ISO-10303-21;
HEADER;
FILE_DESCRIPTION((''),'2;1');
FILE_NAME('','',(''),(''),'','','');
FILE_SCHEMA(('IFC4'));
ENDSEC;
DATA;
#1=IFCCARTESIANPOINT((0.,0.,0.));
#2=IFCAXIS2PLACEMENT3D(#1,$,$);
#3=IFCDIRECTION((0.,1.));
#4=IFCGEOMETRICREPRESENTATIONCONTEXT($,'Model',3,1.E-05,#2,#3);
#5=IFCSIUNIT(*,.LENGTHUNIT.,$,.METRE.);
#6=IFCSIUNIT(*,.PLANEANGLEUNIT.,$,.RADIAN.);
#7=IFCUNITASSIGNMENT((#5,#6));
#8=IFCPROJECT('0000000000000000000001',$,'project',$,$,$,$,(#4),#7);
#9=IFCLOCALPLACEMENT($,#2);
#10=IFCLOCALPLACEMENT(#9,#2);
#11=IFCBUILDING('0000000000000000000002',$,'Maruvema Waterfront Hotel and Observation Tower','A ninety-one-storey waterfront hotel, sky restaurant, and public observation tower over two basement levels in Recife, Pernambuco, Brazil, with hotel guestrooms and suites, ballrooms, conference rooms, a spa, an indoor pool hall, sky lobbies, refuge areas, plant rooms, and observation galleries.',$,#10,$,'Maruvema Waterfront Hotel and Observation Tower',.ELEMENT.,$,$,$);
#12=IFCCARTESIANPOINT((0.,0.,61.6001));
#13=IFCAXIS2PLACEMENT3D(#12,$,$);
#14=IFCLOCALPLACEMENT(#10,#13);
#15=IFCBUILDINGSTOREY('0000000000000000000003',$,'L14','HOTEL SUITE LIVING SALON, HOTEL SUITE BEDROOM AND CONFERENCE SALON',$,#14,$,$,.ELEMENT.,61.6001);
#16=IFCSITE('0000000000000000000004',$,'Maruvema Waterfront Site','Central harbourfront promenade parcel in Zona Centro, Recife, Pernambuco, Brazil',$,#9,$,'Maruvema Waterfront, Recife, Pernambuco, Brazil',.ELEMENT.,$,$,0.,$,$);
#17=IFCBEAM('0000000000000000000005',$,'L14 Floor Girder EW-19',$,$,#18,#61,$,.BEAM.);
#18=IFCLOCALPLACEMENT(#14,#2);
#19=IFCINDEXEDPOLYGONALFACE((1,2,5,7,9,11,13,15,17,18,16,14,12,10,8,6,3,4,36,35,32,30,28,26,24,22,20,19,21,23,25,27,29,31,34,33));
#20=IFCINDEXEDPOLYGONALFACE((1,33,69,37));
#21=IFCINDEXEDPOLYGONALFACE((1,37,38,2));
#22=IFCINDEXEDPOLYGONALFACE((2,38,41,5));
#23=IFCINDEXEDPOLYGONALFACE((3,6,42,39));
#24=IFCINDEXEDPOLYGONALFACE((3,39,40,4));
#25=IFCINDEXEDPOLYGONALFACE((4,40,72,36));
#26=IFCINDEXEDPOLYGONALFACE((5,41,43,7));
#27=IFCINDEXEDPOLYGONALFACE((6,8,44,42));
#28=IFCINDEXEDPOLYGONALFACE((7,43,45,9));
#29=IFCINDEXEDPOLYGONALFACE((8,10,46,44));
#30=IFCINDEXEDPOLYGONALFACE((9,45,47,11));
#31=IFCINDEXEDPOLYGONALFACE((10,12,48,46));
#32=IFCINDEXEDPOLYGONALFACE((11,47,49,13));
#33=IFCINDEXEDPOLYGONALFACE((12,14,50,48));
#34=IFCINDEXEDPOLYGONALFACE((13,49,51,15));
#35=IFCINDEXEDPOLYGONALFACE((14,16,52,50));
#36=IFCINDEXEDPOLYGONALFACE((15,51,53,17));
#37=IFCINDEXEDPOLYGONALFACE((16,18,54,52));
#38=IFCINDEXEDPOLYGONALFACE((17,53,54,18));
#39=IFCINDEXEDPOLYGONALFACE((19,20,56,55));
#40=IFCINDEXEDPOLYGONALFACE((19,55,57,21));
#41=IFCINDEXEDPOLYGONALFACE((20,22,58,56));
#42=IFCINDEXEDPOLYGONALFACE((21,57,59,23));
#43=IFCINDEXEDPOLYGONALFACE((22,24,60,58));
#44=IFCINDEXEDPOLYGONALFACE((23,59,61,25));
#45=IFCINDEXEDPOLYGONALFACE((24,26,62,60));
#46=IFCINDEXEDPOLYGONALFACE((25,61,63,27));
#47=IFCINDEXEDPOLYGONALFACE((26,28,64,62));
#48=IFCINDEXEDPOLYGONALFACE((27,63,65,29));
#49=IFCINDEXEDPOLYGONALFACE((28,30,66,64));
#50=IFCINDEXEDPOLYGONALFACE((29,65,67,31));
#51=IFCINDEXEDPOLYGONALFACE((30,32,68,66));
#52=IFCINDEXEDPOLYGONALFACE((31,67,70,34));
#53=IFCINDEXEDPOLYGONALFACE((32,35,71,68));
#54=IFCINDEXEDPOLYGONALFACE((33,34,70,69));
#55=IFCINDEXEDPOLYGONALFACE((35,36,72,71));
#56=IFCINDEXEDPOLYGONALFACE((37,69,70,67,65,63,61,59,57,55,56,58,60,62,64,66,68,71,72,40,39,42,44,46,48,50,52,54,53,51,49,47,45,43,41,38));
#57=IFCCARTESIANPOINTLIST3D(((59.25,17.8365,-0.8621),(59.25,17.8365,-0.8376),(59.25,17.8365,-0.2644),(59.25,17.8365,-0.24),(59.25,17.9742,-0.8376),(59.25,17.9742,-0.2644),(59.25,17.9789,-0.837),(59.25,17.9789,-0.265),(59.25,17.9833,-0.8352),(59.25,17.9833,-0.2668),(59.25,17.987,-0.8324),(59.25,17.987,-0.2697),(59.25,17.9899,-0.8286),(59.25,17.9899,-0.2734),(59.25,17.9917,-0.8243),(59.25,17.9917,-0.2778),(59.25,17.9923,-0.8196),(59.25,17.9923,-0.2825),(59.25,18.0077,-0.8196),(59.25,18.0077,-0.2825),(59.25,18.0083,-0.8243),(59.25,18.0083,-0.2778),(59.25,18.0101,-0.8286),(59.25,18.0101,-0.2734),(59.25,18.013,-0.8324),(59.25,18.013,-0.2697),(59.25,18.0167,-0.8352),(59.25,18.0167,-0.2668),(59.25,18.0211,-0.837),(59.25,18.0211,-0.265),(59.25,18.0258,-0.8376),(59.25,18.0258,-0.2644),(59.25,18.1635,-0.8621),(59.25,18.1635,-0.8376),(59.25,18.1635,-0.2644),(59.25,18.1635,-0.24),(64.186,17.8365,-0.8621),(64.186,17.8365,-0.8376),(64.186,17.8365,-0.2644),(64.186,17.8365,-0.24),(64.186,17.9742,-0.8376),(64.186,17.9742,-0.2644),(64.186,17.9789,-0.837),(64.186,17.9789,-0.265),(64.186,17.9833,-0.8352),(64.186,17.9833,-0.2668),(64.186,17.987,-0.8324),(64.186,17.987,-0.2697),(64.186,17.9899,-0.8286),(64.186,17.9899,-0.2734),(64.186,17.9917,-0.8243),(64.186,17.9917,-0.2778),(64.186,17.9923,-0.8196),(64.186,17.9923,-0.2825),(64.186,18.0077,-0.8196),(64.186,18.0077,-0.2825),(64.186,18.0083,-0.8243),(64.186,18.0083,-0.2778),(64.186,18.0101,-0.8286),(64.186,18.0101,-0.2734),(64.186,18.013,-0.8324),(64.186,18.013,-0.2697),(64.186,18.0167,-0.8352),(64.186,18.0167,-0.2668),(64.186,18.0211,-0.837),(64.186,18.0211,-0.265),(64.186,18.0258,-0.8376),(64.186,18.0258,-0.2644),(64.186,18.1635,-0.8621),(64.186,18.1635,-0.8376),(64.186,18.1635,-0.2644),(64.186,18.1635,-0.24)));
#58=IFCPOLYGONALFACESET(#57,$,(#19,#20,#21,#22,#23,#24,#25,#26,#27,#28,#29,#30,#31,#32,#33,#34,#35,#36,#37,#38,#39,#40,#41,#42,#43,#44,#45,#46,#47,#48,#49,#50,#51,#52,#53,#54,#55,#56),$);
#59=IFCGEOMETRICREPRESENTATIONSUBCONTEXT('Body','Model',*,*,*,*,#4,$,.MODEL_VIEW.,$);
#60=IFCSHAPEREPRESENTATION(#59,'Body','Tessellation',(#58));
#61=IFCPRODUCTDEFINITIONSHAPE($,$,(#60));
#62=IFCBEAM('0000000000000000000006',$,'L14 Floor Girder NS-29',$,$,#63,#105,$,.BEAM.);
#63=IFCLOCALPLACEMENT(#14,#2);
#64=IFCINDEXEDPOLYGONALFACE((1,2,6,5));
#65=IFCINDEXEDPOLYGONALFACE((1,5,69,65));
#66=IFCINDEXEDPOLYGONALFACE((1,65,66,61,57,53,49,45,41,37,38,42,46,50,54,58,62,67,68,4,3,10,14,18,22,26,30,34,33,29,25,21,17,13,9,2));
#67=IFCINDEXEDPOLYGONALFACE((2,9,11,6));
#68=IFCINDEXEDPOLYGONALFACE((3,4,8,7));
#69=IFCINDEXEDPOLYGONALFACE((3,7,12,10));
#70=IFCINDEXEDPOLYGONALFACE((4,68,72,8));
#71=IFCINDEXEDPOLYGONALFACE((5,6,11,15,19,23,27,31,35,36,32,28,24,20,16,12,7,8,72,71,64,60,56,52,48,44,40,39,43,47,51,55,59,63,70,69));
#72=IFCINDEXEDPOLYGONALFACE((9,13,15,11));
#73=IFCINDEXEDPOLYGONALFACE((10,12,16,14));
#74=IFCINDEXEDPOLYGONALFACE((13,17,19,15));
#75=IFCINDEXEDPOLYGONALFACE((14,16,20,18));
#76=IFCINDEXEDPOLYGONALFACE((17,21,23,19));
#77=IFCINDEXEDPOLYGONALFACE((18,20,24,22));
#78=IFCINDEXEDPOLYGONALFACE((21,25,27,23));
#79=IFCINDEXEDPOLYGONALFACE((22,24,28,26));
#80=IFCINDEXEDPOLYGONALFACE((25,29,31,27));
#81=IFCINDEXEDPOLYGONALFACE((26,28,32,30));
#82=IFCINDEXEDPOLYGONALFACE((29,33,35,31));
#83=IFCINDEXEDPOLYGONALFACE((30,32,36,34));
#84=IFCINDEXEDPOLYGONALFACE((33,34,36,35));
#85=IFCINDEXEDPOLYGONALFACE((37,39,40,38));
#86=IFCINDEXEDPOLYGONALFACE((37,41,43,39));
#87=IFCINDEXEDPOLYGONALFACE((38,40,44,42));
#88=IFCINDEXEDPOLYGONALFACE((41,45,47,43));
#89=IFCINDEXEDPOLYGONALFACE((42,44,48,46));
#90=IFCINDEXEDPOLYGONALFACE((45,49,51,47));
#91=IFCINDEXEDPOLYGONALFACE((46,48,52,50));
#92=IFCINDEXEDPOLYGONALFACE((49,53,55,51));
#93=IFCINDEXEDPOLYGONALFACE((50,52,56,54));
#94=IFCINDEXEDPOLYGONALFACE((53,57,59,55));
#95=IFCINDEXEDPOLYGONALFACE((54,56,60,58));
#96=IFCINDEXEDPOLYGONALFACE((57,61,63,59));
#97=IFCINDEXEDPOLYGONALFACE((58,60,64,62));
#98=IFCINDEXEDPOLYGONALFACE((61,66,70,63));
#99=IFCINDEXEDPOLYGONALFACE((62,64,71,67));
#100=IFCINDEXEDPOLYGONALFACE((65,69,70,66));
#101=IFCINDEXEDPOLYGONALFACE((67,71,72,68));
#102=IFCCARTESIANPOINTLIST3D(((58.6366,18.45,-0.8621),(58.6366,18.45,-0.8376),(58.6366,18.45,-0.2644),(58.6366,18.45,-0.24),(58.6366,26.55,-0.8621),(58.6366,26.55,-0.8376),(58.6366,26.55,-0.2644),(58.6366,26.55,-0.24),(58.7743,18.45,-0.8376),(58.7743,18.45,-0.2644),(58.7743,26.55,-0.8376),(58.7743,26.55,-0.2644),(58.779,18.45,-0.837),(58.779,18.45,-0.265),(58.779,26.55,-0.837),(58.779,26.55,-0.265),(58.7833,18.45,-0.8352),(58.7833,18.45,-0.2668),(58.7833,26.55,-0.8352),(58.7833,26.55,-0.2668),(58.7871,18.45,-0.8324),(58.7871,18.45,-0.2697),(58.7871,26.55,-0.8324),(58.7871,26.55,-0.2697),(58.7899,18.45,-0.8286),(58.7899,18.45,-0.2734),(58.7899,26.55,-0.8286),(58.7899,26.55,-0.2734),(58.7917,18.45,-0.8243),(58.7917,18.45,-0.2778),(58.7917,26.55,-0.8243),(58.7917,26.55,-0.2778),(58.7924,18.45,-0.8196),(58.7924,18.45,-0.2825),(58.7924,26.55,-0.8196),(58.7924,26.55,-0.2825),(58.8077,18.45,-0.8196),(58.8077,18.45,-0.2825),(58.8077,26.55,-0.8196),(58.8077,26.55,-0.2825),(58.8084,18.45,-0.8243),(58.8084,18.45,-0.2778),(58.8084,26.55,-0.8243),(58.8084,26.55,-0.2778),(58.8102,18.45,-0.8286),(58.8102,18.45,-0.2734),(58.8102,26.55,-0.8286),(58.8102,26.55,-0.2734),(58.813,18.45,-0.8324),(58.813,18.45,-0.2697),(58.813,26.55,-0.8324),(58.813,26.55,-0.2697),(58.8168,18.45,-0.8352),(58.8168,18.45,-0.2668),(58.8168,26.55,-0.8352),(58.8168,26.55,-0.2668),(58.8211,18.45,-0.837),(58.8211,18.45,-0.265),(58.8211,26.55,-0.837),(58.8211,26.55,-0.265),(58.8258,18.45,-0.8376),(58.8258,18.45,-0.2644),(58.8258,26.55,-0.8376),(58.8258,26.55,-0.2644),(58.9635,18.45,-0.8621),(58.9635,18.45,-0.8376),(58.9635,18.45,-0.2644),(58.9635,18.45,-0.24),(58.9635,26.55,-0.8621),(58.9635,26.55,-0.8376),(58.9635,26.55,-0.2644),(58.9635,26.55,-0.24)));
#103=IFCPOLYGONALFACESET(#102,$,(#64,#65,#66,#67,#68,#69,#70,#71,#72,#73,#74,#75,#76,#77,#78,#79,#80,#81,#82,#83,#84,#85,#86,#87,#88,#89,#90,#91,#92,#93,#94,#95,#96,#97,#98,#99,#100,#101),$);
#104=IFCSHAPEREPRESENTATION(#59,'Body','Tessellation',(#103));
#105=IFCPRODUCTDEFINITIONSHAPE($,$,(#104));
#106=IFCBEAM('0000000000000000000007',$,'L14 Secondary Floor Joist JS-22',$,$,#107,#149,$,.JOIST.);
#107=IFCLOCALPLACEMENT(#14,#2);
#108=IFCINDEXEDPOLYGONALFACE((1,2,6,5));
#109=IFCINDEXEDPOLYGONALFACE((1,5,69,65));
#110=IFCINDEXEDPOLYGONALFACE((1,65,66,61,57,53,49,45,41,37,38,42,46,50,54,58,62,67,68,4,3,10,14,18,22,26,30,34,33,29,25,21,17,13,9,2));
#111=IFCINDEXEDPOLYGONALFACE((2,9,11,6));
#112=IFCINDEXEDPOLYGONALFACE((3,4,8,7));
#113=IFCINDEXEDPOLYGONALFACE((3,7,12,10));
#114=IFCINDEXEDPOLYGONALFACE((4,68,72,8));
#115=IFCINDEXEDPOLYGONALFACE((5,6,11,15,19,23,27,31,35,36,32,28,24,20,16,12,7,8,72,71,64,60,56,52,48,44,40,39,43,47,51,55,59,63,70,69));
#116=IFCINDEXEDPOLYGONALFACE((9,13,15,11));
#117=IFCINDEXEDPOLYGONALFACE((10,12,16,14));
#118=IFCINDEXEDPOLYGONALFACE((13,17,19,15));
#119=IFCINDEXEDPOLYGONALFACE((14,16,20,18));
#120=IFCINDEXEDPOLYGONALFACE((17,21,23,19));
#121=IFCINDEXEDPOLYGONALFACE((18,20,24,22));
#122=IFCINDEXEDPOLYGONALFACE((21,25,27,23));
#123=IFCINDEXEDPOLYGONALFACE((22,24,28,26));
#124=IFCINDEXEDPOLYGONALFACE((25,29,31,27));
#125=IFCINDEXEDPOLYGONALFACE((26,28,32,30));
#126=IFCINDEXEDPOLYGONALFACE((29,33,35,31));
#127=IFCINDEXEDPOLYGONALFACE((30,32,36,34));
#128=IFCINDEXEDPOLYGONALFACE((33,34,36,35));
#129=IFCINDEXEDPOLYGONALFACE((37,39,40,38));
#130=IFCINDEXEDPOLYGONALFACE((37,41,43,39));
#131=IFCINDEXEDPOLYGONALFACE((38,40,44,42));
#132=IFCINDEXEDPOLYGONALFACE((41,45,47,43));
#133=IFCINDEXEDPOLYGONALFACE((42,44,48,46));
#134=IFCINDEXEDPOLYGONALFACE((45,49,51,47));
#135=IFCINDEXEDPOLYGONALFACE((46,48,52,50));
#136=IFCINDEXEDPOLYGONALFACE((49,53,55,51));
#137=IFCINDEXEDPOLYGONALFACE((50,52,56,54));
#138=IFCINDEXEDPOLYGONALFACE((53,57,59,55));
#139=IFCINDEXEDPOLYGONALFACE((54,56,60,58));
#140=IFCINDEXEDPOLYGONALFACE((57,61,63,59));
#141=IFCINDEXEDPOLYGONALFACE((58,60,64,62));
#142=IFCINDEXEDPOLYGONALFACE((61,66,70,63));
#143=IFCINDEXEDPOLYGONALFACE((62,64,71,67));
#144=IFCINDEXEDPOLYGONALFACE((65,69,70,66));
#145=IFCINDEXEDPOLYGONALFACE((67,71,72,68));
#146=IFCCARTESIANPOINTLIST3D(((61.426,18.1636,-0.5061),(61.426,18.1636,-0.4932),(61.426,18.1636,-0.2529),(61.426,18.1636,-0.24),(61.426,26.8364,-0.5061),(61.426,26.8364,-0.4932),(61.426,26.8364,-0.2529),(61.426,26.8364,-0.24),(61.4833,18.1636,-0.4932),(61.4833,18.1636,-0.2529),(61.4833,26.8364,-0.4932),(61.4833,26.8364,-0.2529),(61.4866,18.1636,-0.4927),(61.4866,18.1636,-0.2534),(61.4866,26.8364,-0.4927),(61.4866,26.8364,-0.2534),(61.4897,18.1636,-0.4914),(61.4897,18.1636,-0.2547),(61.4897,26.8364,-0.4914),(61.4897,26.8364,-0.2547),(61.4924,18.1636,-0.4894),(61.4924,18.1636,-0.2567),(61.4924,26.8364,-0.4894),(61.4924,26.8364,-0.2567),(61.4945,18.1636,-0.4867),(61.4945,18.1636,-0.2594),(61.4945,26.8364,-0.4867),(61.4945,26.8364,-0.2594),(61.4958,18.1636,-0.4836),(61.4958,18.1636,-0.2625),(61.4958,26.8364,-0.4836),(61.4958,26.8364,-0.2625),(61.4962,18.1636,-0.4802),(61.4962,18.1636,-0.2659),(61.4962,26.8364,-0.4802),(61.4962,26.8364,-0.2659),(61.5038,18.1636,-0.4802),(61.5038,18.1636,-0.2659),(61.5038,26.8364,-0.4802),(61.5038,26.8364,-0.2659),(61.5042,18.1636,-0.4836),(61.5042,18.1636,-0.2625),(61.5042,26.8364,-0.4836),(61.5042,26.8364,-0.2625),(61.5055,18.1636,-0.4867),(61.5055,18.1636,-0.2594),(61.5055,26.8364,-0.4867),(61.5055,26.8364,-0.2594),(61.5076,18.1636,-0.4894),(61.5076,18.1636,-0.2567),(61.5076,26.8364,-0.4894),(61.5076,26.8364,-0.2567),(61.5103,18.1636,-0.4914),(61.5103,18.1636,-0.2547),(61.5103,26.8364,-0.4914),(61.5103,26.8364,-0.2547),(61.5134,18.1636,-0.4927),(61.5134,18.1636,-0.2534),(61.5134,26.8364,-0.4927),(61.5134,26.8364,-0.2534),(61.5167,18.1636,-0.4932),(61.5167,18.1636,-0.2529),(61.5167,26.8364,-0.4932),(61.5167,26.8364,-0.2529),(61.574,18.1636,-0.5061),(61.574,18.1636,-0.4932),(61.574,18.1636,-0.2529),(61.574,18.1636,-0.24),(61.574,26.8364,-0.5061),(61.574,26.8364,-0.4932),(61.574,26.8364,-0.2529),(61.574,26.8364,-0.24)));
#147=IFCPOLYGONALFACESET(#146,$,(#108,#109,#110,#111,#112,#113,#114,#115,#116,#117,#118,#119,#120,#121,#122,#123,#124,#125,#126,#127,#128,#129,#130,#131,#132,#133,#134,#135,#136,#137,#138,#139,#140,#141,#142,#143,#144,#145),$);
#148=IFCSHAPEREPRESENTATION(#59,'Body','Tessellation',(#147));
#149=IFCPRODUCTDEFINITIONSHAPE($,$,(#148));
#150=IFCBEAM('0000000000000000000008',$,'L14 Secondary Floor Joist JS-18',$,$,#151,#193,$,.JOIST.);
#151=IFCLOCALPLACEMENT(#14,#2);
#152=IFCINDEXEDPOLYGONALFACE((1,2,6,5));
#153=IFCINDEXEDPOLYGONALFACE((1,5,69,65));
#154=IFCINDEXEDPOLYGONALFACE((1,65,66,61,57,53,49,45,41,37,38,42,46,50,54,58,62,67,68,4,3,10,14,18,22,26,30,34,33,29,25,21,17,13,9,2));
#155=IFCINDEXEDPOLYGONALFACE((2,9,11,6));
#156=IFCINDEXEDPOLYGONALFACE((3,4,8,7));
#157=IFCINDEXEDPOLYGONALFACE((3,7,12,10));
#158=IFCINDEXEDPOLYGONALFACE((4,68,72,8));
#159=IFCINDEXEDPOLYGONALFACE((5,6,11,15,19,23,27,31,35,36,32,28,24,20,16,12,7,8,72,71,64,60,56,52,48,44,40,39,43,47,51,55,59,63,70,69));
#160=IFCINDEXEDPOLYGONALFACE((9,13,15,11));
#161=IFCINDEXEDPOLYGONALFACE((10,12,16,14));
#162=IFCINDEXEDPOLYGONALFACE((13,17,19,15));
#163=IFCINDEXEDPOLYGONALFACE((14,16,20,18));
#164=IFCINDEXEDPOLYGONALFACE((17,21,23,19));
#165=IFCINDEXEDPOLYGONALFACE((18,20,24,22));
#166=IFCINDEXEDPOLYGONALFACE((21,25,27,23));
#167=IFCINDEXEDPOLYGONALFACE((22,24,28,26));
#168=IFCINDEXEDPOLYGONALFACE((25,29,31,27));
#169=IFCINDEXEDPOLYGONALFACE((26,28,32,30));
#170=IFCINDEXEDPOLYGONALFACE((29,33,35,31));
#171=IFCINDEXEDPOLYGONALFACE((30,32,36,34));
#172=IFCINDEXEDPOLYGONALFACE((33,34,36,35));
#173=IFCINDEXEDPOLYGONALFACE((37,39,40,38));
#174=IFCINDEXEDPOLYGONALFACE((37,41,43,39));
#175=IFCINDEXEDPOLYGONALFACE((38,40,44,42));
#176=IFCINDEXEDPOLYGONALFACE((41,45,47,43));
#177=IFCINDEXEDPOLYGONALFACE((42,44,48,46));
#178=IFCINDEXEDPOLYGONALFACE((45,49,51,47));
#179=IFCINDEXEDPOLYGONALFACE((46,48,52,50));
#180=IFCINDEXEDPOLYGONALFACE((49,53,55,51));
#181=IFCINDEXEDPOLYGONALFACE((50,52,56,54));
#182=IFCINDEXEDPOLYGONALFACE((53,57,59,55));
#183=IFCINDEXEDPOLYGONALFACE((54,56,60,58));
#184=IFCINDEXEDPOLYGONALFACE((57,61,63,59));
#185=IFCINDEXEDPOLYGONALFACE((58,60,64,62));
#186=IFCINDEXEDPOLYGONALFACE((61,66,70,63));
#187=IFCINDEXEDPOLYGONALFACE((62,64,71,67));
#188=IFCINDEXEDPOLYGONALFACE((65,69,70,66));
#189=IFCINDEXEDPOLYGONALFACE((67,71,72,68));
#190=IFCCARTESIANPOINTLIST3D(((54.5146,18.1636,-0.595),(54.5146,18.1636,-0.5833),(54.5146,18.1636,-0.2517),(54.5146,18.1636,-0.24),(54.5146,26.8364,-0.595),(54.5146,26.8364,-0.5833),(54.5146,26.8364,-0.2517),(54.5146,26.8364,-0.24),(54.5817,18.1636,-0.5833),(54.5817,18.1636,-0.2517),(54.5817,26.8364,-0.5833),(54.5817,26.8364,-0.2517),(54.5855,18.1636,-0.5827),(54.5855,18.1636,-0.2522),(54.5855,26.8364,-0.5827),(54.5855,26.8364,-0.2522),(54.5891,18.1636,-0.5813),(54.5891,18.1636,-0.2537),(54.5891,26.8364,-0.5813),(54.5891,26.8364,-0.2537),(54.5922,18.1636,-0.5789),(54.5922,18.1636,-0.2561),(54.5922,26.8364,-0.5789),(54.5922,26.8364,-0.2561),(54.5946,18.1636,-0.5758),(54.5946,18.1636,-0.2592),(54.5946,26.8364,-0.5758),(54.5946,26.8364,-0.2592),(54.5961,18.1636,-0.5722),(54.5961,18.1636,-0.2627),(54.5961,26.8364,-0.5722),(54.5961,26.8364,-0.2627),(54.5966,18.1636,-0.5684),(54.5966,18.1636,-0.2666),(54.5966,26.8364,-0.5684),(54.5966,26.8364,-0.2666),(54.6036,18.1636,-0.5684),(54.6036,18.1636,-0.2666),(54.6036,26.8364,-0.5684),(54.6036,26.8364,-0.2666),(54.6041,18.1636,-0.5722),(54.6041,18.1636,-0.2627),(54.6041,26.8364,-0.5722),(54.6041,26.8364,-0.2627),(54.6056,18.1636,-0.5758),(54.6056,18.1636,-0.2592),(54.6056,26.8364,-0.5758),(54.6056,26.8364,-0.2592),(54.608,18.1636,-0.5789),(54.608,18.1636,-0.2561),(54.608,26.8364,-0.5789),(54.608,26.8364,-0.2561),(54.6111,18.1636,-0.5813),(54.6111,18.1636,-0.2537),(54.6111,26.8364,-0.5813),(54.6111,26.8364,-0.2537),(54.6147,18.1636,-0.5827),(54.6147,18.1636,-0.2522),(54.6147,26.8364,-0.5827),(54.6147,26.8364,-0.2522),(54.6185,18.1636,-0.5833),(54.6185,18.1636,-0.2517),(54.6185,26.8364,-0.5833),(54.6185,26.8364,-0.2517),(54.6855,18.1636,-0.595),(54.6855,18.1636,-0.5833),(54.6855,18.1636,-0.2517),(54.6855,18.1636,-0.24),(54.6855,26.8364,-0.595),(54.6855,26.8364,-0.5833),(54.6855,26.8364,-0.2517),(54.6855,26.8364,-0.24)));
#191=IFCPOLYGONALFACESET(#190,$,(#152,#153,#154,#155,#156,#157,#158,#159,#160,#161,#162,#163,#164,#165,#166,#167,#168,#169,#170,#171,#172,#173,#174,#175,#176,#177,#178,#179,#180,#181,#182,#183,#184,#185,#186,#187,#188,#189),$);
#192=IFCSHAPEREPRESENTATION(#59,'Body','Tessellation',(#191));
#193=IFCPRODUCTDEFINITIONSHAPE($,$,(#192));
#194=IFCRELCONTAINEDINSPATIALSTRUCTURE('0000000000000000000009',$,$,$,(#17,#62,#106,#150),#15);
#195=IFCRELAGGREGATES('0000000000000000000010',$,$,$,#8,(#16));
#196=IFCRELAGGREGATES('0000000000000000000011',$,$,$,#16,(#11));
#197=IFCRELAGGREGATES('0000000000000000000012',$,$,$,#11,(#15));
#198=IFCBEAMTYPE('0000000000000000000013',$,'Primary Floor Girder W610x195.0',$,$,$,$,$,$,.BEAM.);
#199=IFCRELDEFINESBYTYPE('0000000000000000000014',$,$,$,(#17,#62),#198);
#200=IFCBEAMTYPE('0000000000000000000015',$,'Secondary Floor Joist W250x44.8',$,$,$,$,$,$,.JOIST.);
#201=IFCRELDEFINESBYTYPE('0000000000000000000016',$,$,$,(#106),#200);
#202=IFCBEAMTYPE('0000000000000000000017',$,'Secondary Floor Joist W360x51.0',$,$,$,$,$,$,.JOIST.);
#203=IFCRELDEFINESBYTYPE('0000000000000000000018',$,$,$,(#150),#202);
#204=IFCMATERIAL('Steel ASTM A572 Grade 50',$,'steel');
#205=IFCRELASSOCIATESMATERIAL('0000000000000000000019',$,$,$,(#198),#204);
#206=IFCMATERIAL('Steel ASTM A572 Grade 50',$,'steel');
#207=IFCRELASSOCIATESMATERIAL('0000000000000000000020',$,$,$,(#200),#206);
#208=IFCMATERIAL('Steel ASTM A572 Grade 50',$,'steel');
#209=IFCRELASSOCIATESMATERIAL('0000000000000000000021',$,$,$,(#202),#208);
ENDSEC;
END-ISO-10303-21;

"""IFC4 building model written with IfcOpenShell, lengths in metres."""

from ifc_helpers import new_model, si_unit, direction, frame, origin, origin_2d, place, context, subcontext, project, spatial, i_section, extrude, material, material_profile, profile_set, type_object, element, save


model = new_model("IFC4")

# Units and contexts
model_context = context("Model", 3, precision=1e-05, world=origin(), true_north=direction((0.0, 1.0)))
body_context = subcontext(model_context, "Body", "Model", "MODEL_VIEW")
ifc_project = project(units=[si_unit("LENGTHUNIT", "METRE"), si_unit("PLANEANGLEUNIT", "RADIAN")], contexts=[model_context])

# Site, building, storey
site_placement = place(None, origin())
site = spatial("IfcSite", under=ifc_project, at=site_placement, Name="Maruvema Waterfront Site", Description="Central harbourfront promenade parcel in Zona Centro, Recife, Pernambuco, Brazil", LongName="Maruvema Waterfront, Recife, Pernambuco, Brazil", CompositionType="ELEMENT", RefElevation=0.0)
building_placement = place(site_placement, origin())
building = spatial("IfcBuilding", under=site, at=building_placement, Name="Maruvema Waterfront Hotel and Observation Tower", Description="A ninety-one-storey waterfront hotel, sky restaurant, and public observation tower over two basement levels in Recife, Pernambuco, Brazil, with hotel guestrooms and suites, ballrooms, conference rooms, a spa, an indoor pool hall, sky lobbies, refuge areas, plant rooms, and observation galleries.", LongName="Maruvema Waterfront Hotel and Observation Tower", CompositionType="ELEMENT")
storey_placement = place(building_placement, frame((0.0, 0.0, 61.6001)))
storey = spatial("IfcBuildingStorey", under=building, at=storey_placement, Name="L14", Description="HOTEL SUITE LIVING SALON, HOTEL SUITE BEDROOM AND CONFERENCE SALON", CompositionType="ELEMENT", Elevation=61.6001)

# Beams
ifc_material_1 = material(Name="Steel ASTM A572 Grade 50", Category="steel")
ifc_material_profile_1 = material_profile(ifc_material_1, i_section(OverallWidth=0.3269, OverallDepth=0.6221, WebThickness=0.0154, FlangeThickness=0.0244, FilletRadius=0.0181, at=origin_2d()), Name="W610x195.0")
ifc_profile_set_1 = profile_set([ifc_material_profile_1], Name="Steel ASTM A572 Grade 50")
beam_type_1 = type_object("IfcBeamType", Name="Primary Floor Girder W610x195.0", PredefinedType="BEAM", material=ifc_profile_set_1)
beam_1_placement = place(storey_placement, frame((59.25, 18.0, -0.551), z_axis=(1.0, 0.0, 0.0), x_axis=(0.0, 1.0, 0.0)))
element("IfcBeam", 1, at=beam_1_placement, inside=storey, type_object=beam_type_1, Name="L14 Floor Girder EW-19", PredefinedType="BEAM", context=body_context, shape_type="SweptSolid", body=[
    extrude(i_section(OverallWidth=0.3269, OverallDepth=0.6221, WebThickness=0.0154, FlangeThickness=0.0244, FilletRadius=0.0181, at=origin_2d()), origin(), (0.0, 0.0, 1.0), 4.936),
])
beam_2_placement = place(storey_placement, frame((58.8, 18.45, -0.551), z_axis=(0.0, 1.0, 0.0), x_axis=(-1.0, 0.0, 0.0)))
element("IfcBeam", 2, at=beam_2_placement, inside=storey, type_object=beam_type_1, Name="L14 Floor Girder NS-29", PredefinedType="BEAM", context=body_context, shape_type="SweptSolid", body=[
    extrude(i_section(OverallWidth=0.3269, OverallDepth=0.6221, WebThickness=0.0154, FlangeThickness=0.0244, FilletRadius=0.0181, at=origin_2d()), origin(), (0.0, 0.0, 1.0), 8.1001),
])
ifc_material_2 = material(Name="Steel ASTM A572 Grade 50", Category="steel")
ifc_material_profile_2 = material_profile(ifc_material_2, i_section(OverallWidth=0.1479, OverallDepth=0.2661, WebThickness=0.0076, FlangeThickness=0.0129, FilletRadius=0.0129, at=origin_2d()), Name="W250x44.8")
ifc_profile_set_2 = profile_set([ifc_material_profile_2], Name="Steel ASTM A572 Grade 50")
beam_type_2 = type_object("IfcBeamType", Name="Secondary Floor Joist W250x44.8", PredefinedType="JOIST", material=ifc_profile_set_2)
beam_3_placement = place(storey_placement, frame((61.5, 18.1636, -0.373), z_axis=(0.0, 1.0, 0.0), x_axis=(-1.0, 0.0, 0.0)))
element("IfcBeam", 3, at=beam_3_placement, inside=storey, type_object=beam_type_2, Name="L14 Secondary Floor Joist JS-22", PredefinedType="JOIST", context=body_context, shape_type="SweptSolid", body=[
    extrude(i_section(OverallWidth=0.1479, OverallDepth=0.2661, WebThickness=0.0076, FlangeThickness=0.0129, FilletRadius=0.0129, at=origin_2d()), origin(), (0.0, 0.0, 1.0), 8.6729),
])
ifc_material_3 = material(Name="Steel ASTM A572 Grade 50", Category="steel")
ifc_material_profile_3 = material_profile(ifc_material_3, i_section(OverallWidth=0.1709, OverallDepth=0.355, WebThickness=0.0071, FlangeThickness=0.0117, FilletRadius=0.0149, at=origin_2d()), Name="W360x51.0")
ifc_profile_set_3 = profile_set([ifc_material_profile_3], Name="Steel ASTM A572 Grade 50")
beam_type_3 = type_object("IfcBeamType", Name="Secondary Floor Joist W360x51.0", PredefinedType="JOIST", material=ifc_profile_set_3)
beam_4_placement = place(storey_placement, frame((54.6001, 18.1636, -0.4175), z_axis=(0.0, 1.0, 0.0), x_axis=(-1.0, 0.0, 0.0)))
element("IfcBeam", 4, at=beam_4_placement, inside=storey, type_object=beam_type_3, Name="L14 Secondary Floor Joist JS-18", PredefinedType="JOIST", context=body_context, shape_type="SweptSolid", body=[
    extrude(i_section(OverallWidth=0.1709, OverallDepth=0.355, WebThickness=0.0071, FlangeThickness=0.0117, FilletRadius=0.0149, at=origin_2d()), origin(), (0.0, 0.0, 1.0), 8.6729),
])

save(model, "model.ifc")
